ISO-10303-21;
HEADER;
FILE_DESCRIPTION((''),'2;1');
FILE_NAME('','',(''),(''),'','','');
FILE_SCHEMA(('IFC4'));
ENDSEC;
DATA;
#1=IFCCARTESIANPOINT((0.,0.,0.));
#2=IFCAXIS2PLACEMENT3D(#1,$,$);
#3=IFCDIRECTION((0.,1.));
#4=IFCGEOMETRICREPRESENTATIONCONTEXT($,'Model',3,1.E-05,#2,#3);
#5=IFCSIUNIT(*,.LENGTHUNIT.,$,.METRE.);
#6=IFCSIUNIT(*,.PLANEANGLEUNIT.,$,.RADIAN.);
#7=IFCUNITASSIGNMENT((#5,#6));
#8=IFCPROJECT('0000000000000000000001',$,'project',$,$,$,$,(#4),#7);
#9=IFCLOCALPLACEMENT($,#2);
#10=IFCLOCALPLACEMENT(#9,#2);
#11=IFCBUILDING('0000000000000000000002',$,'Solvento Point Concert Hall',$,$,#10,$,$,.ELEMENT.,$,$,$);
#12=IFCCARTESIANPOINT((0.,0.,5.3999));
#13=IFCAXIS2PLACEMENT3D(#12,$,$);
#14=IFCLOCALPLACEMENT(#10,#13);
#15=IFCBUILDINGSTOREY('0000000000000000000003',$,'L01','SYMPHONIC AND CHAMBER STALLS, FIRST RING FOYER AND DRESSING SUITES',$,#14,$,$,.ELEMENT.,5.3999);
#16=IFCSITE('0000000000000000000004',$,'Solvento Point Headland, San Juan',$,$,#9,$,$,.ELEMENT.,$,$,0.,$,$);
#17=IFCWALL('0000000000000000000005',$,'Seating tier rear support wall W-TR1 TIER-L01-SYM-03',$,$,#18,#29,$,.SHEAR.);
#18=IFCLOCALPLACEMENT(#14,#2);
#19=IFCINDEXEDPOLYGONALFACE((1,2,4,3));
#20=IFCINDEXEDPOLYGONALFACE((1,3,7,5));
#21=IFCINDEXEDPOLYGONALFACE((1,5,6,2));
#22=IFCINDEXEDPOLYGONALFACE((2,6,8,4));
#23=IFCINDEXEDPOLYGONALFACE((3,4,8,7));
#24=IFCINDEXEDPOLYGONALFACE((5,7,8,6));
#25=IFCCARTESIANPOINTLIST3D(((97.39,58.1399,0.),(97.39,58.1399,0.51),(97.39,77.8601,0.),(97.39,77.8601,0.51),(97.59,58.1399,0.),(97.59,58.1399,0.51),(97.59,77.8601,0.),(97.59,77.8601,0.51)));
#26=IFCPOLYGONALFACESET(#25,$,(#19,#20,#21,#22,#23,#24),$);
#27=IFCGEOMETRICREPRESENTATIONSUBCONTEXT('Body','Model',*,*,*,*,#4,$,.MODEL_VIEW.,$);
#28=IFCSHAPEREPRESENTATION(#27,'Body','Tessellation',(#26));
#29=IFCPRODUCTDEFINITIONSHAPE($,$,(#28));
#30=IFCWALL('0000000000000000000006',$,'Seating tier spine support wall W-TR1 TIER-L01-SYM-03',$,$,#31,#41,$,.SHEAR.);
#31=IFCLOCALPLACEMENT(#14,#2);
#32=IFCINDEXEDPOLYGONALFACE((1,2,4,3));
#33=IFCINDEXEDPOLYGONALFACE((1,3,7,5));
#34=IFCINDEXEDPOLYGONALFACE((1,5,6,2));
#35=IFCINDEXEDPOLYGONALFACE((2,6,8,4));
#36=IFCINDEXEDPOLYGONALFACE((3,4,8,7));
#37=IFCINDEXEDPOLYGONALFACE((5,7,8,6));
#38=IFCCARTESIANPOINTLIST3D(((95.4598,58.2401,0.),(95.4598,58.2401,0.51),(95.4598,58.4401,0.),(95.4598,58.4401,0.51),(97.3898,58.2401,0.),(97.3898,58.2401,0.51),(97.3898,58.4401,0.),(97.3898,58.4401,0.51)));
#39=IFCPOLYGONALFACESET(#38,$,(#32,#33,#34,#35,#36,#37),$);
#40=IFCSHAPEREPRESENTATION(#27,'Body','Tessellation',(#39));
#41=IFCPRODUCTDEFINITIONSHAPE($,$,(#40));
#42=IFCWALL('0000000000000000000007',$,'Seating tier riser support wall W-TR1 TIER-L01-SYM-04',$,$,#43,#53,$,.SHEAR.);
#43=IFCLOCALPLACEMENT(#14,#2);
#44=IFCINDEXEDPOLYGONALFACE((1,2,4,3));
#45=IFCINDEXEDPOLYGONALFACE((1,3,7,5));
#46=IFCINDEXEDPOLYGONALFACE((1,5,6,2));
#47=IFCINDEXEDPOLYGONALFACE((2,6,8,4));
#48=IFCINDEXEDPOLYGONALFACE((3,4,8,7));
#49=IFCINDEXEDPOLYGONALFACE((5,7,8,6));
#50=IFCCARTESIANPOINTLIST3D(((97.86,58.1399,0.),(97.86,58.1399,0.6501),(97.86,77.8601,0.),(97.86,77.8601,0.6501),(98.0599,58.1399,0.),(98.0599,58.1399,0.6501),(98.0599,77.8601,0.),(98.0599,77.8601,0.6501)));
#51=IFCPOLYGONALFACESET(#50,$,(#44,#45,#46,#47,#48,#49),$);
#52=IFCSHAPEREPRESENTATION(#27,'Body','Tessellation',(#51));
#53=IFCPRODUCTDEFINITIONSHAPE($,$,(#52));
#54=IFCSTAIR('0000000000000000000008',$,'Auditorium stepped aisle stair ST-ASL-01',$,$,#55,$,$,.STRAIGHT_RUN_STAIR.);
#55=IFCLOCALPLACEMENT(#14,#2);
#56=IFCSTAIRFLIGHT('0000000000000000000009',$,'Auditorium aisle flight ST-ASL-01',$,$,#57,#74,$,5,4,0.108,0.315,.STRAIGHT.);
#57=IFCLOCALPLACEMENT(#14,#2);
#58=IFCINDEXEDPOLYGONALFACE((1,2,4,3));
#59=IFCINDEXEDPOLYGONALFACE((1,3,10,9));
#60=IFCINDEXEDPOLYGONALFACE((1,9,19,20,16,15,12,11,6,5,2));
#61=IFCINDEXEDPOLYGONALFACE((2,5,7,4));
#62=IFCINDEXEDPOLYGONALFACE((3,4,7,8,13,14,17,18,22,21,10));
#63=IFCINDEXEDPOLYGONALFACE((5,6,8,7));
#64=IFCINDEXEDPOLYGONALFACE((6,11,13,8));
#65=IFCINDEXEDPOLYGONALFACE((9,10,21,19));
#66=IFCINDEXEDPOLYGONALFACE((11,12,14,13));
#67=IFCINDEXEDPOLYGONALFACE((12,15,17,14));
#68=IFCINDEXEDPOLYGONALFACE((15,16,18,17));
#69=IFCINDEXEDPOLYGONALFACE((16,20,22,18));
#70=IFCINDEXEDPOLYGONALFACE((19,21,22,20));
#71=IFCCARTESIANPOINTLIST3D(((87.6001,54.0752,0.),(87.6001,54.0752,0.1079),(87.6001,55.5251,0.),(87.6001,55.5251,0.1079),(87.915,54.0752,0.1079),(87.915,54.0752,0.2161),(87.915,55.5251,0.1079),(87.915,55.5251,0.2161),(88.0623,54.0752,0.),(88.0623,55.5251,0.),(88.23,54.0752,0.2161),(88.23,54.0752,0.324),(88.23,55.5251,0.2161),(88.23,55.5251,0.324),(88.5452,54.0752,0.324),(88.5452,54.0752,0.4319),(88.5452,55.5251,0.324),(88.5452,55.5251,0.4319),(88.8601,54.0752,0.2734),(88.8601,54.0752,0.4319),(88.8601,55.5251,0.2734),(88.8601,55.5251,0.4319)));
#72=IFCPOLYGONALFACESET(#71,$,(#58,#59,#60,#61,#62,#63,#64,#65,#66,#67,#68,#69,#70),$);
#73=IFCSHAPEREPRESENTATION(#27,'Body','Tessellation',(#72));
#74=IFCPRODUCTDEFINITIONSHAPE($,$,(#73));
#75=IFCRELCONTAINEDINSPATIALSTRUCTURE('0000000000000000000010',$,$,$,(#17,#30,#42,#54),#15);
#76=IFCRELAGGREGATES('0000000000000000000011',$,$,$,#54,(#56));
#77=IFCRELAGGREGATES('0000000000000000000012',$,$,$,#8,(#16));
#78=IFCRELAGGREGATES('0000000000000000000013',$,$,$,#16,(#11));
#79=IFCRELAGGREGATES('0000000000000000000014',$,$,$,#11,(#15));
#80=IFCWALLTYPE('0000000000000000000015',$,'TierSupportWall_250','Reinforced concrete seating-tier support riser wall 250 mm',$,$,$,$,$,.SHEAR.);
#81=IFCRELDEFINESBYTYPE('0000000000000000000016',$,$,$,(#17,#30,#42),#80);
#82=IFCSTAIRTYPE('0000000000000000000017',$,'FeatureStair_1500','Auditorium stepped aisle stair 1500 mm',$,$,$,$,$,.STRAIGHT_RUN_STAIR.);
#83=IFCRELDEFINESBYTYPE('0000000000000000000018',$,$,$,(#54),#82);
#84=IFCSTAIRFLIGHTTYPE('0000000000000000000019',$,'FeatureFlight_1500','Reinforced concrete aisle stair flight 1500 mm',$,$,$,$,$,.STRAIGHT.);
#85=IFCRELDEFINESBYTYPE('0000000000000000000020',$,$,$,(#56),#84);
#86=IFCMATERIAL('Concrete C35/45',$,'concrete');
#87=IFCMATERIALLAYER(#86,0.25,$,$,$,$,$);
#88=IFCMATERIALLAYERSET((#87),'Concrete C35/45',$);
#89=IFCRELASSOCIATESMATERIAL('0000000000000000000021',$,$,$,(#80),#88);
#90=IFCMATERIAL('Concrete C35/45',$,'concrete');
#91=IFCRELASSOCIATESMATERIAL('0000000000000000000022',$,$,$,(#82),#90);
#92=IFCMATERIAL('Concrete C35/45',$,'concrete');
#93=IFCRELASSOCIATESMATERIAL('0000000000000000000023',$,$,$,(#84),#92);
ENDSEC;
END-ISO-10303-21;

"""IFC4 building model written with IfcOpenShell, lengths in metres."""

from ifc_helpers import new_model, si_unit, direction, frame, frame_2d, origin, place, context, subcontext, project, spatial, polyline, rectangle, outline, extrude, material, layer, layer_set, type_object, element, aggregate, save


model = new_model("IFC4")

# Units and contexts
model_context = context("Model", 3, precision=1e-05, world=origin(), true_north=direction((0.0, 1.0)))
body_context = subcontext(model_context, "Body", "Model", "MODEL_VIEW")
ifc_project = project(units=[si_unit("LENGTHUNIT", "METRE"), si_unit("PLANEANGLEUNIT", "RADIAN")], contexts=[model_context])

# Site, building, storey
site_placement = place(None, origin())
site = spatial("IfcSite", under=ifc_project, at=site_placement, Name="Solvento Point Headland, San Juan", CompositionType="ELEMENT", RefElevation=0.0)
building_placement = place(site_placement, origin())
building = spatial("IfcBuilding", under=site, at=building_placement, Name="Solvento Point Concert Hall", CompositionType="ELEMENT")
storey_placement = place(building_placement, frame((0.0, 0.0, 5.3999)))
storey = spatial("IfcBuildingStorey", under=building, at=storey_placement, Name="L01", Description="SYMPHONIC AND CHAMBER STALLS, FIRST RING FOYER AND DRESSING SUITES", CompositionType="ELEMENT", Elevation=5.3999)

# Walls
ifc_material_1 = material(Name="Concrete C35/45", Category="concrete")
ifc_layer_1 = layer(ifc_material_1, 0.25)
ifc_layer_set_1 = layer_set([ifc_layer_1], Name="Concrete C35/45")
wall_type_1 = type_object("IfcWallType", Name="TierSupportWall_250", Description="Reinforced concrete seating-tier support riser wall 250 mm", PredefinedType="SHEAR", material=ifc_layer_set_1)
for number, where, z_axis, x_axis, name in (
    (1, (97.49, 58.1399, 0.0), (0.0, 0.0, 1.0), (0.0, 1.0, 0.0), "Seating tier rear support wall W-TR1 TIER-L01-SYM-03"),
):
    element("IfcWall", number, at=place(storey_placement, frame(where, z_axis=z_axis, x_axis=x_axis)), inside=storey, type_object=wall_type_1, Name=name, PredefinedType="SHEAR", context=body_context, shape_type="SweptSolid", body=[
        extrude(rectangle(XDim=19.7202, YDim=0.2, at=frame_2d((9.8601, 0.0))), origin(), (0.0, 0.0, 1.0), 0.51),
    ])
wall_1_placement = place(storey_placement, frame((95.46, 58.3401, 0.0), z_axis=(0.0, 0.0, 1.0), x_axis=(1.0, 0.0, 0.0)))
element("IfcWall", 2, at=wall_1_placement, inside=storey, type_object=wall_type_1, Name="Seating tier spine support wall W-TR1 TIER-L01-SYM-03", PredefinedType="SHEAR", context=body_context, shape_type="SweptSolid", body=[
    extrude(rectangle(XDim=1.9299, YDim=0.2, at=frame_2d((0.9648, 0.0))), origin(), (0.0, 0.0, 1.0), 0.51),
])
wall_2_placement = place(storey_placement, frame((97.96, 58.1399, 0.0), z_axis=(0.0, 0.0, 1.0), x_axis=(0.0, 1.0, 0.0)))
element("IfcWall", 3, at=wall_2_placement, inside=storey, type_object=wall_type_1, Name="Seating tier riser support wall W-TR1 TIER-L01-SYM-04", PredefinedType="SHEAR", context=body_context, shape_type="SweptSolid", body=[
    extrude(rectangle(XDim=19.7202, YDim=0.2, at=frame_2d((9.8601, 0.0))), origin(), (0.0, 0.0, 1.0), 0.6501),
])

# Stair, stair flight
ifc_material_2 = material(Name="Concrete C35/45", Category="concrete")
stair_type = type_object("IfcStairType", Name="FeatureStair_1500", Description="Auditorium stepped aisle stair 1500 mm", PredefinedType="STRAIGHT_RUN_STAIR", material=ifc_material_2)
stair_placement = place(storey_placement, origin())
stair = element("IfcStair", 4, at=stair_placement, inside=storey, type_object=stair_type, Name="Auditorium stepped aisle stair ST-ASL-01", PredefinedType="STRAIGHT_RUN_STAIR")
ifc_material_3 = material(Name="Concrete C35/45", Category="concrete")
stair_flight_type = type_object("IfcStairFlightType", Name="FeatureFlight_1500", Description="Reinforced concrete aisle stair flight 1500 mm", PredefinedType="STRAIGHT", material=ifc_material_3)
stair_flight_placement = place(storey_placement, frame((87.6001, 54.8, 0.0), z_axis=(0.0, 0.0, 1.0), x_axis=(1.0, 0.0, 0.0)))
stair_flight = element("IfcStairFlight", 5, at=stair_flight_placement, type_object=stair_flight_type, Name="Auditorium aisle flight ST-ASL-01", NumberOfRisers=5, NumberOfTreads=4, PredefinedType="STRAIGHT", RiserHeight=0.108, TreadLength=0.315, context=body_context, shape_type="SweptSolid", body=[
    extrude(outline(polyline([(0.0, 0.0), (0.0, 0.1079), (0.3149, 0.1079), (0.3149, 0.2161), (0.6299, 0.2161), (0.6299, 0.324), (0.9451, 0.324), (0.9451, 0.4319), (1.26, 0.4319), (1.26, 0.54), (1.26, 0.2734), (0.4622, 0.0), (0.0, 0.0)])), frame((0.0, 0.7251, 0.0), z_axis=(0.0, -1.0, 0.0), x_axis=(1.0, 0.0, 0.0)), (0.0, 0.0, 1.0), 1.45),
])
aggregate(stair, [stair_flight])

save(model, "model.ifc")
